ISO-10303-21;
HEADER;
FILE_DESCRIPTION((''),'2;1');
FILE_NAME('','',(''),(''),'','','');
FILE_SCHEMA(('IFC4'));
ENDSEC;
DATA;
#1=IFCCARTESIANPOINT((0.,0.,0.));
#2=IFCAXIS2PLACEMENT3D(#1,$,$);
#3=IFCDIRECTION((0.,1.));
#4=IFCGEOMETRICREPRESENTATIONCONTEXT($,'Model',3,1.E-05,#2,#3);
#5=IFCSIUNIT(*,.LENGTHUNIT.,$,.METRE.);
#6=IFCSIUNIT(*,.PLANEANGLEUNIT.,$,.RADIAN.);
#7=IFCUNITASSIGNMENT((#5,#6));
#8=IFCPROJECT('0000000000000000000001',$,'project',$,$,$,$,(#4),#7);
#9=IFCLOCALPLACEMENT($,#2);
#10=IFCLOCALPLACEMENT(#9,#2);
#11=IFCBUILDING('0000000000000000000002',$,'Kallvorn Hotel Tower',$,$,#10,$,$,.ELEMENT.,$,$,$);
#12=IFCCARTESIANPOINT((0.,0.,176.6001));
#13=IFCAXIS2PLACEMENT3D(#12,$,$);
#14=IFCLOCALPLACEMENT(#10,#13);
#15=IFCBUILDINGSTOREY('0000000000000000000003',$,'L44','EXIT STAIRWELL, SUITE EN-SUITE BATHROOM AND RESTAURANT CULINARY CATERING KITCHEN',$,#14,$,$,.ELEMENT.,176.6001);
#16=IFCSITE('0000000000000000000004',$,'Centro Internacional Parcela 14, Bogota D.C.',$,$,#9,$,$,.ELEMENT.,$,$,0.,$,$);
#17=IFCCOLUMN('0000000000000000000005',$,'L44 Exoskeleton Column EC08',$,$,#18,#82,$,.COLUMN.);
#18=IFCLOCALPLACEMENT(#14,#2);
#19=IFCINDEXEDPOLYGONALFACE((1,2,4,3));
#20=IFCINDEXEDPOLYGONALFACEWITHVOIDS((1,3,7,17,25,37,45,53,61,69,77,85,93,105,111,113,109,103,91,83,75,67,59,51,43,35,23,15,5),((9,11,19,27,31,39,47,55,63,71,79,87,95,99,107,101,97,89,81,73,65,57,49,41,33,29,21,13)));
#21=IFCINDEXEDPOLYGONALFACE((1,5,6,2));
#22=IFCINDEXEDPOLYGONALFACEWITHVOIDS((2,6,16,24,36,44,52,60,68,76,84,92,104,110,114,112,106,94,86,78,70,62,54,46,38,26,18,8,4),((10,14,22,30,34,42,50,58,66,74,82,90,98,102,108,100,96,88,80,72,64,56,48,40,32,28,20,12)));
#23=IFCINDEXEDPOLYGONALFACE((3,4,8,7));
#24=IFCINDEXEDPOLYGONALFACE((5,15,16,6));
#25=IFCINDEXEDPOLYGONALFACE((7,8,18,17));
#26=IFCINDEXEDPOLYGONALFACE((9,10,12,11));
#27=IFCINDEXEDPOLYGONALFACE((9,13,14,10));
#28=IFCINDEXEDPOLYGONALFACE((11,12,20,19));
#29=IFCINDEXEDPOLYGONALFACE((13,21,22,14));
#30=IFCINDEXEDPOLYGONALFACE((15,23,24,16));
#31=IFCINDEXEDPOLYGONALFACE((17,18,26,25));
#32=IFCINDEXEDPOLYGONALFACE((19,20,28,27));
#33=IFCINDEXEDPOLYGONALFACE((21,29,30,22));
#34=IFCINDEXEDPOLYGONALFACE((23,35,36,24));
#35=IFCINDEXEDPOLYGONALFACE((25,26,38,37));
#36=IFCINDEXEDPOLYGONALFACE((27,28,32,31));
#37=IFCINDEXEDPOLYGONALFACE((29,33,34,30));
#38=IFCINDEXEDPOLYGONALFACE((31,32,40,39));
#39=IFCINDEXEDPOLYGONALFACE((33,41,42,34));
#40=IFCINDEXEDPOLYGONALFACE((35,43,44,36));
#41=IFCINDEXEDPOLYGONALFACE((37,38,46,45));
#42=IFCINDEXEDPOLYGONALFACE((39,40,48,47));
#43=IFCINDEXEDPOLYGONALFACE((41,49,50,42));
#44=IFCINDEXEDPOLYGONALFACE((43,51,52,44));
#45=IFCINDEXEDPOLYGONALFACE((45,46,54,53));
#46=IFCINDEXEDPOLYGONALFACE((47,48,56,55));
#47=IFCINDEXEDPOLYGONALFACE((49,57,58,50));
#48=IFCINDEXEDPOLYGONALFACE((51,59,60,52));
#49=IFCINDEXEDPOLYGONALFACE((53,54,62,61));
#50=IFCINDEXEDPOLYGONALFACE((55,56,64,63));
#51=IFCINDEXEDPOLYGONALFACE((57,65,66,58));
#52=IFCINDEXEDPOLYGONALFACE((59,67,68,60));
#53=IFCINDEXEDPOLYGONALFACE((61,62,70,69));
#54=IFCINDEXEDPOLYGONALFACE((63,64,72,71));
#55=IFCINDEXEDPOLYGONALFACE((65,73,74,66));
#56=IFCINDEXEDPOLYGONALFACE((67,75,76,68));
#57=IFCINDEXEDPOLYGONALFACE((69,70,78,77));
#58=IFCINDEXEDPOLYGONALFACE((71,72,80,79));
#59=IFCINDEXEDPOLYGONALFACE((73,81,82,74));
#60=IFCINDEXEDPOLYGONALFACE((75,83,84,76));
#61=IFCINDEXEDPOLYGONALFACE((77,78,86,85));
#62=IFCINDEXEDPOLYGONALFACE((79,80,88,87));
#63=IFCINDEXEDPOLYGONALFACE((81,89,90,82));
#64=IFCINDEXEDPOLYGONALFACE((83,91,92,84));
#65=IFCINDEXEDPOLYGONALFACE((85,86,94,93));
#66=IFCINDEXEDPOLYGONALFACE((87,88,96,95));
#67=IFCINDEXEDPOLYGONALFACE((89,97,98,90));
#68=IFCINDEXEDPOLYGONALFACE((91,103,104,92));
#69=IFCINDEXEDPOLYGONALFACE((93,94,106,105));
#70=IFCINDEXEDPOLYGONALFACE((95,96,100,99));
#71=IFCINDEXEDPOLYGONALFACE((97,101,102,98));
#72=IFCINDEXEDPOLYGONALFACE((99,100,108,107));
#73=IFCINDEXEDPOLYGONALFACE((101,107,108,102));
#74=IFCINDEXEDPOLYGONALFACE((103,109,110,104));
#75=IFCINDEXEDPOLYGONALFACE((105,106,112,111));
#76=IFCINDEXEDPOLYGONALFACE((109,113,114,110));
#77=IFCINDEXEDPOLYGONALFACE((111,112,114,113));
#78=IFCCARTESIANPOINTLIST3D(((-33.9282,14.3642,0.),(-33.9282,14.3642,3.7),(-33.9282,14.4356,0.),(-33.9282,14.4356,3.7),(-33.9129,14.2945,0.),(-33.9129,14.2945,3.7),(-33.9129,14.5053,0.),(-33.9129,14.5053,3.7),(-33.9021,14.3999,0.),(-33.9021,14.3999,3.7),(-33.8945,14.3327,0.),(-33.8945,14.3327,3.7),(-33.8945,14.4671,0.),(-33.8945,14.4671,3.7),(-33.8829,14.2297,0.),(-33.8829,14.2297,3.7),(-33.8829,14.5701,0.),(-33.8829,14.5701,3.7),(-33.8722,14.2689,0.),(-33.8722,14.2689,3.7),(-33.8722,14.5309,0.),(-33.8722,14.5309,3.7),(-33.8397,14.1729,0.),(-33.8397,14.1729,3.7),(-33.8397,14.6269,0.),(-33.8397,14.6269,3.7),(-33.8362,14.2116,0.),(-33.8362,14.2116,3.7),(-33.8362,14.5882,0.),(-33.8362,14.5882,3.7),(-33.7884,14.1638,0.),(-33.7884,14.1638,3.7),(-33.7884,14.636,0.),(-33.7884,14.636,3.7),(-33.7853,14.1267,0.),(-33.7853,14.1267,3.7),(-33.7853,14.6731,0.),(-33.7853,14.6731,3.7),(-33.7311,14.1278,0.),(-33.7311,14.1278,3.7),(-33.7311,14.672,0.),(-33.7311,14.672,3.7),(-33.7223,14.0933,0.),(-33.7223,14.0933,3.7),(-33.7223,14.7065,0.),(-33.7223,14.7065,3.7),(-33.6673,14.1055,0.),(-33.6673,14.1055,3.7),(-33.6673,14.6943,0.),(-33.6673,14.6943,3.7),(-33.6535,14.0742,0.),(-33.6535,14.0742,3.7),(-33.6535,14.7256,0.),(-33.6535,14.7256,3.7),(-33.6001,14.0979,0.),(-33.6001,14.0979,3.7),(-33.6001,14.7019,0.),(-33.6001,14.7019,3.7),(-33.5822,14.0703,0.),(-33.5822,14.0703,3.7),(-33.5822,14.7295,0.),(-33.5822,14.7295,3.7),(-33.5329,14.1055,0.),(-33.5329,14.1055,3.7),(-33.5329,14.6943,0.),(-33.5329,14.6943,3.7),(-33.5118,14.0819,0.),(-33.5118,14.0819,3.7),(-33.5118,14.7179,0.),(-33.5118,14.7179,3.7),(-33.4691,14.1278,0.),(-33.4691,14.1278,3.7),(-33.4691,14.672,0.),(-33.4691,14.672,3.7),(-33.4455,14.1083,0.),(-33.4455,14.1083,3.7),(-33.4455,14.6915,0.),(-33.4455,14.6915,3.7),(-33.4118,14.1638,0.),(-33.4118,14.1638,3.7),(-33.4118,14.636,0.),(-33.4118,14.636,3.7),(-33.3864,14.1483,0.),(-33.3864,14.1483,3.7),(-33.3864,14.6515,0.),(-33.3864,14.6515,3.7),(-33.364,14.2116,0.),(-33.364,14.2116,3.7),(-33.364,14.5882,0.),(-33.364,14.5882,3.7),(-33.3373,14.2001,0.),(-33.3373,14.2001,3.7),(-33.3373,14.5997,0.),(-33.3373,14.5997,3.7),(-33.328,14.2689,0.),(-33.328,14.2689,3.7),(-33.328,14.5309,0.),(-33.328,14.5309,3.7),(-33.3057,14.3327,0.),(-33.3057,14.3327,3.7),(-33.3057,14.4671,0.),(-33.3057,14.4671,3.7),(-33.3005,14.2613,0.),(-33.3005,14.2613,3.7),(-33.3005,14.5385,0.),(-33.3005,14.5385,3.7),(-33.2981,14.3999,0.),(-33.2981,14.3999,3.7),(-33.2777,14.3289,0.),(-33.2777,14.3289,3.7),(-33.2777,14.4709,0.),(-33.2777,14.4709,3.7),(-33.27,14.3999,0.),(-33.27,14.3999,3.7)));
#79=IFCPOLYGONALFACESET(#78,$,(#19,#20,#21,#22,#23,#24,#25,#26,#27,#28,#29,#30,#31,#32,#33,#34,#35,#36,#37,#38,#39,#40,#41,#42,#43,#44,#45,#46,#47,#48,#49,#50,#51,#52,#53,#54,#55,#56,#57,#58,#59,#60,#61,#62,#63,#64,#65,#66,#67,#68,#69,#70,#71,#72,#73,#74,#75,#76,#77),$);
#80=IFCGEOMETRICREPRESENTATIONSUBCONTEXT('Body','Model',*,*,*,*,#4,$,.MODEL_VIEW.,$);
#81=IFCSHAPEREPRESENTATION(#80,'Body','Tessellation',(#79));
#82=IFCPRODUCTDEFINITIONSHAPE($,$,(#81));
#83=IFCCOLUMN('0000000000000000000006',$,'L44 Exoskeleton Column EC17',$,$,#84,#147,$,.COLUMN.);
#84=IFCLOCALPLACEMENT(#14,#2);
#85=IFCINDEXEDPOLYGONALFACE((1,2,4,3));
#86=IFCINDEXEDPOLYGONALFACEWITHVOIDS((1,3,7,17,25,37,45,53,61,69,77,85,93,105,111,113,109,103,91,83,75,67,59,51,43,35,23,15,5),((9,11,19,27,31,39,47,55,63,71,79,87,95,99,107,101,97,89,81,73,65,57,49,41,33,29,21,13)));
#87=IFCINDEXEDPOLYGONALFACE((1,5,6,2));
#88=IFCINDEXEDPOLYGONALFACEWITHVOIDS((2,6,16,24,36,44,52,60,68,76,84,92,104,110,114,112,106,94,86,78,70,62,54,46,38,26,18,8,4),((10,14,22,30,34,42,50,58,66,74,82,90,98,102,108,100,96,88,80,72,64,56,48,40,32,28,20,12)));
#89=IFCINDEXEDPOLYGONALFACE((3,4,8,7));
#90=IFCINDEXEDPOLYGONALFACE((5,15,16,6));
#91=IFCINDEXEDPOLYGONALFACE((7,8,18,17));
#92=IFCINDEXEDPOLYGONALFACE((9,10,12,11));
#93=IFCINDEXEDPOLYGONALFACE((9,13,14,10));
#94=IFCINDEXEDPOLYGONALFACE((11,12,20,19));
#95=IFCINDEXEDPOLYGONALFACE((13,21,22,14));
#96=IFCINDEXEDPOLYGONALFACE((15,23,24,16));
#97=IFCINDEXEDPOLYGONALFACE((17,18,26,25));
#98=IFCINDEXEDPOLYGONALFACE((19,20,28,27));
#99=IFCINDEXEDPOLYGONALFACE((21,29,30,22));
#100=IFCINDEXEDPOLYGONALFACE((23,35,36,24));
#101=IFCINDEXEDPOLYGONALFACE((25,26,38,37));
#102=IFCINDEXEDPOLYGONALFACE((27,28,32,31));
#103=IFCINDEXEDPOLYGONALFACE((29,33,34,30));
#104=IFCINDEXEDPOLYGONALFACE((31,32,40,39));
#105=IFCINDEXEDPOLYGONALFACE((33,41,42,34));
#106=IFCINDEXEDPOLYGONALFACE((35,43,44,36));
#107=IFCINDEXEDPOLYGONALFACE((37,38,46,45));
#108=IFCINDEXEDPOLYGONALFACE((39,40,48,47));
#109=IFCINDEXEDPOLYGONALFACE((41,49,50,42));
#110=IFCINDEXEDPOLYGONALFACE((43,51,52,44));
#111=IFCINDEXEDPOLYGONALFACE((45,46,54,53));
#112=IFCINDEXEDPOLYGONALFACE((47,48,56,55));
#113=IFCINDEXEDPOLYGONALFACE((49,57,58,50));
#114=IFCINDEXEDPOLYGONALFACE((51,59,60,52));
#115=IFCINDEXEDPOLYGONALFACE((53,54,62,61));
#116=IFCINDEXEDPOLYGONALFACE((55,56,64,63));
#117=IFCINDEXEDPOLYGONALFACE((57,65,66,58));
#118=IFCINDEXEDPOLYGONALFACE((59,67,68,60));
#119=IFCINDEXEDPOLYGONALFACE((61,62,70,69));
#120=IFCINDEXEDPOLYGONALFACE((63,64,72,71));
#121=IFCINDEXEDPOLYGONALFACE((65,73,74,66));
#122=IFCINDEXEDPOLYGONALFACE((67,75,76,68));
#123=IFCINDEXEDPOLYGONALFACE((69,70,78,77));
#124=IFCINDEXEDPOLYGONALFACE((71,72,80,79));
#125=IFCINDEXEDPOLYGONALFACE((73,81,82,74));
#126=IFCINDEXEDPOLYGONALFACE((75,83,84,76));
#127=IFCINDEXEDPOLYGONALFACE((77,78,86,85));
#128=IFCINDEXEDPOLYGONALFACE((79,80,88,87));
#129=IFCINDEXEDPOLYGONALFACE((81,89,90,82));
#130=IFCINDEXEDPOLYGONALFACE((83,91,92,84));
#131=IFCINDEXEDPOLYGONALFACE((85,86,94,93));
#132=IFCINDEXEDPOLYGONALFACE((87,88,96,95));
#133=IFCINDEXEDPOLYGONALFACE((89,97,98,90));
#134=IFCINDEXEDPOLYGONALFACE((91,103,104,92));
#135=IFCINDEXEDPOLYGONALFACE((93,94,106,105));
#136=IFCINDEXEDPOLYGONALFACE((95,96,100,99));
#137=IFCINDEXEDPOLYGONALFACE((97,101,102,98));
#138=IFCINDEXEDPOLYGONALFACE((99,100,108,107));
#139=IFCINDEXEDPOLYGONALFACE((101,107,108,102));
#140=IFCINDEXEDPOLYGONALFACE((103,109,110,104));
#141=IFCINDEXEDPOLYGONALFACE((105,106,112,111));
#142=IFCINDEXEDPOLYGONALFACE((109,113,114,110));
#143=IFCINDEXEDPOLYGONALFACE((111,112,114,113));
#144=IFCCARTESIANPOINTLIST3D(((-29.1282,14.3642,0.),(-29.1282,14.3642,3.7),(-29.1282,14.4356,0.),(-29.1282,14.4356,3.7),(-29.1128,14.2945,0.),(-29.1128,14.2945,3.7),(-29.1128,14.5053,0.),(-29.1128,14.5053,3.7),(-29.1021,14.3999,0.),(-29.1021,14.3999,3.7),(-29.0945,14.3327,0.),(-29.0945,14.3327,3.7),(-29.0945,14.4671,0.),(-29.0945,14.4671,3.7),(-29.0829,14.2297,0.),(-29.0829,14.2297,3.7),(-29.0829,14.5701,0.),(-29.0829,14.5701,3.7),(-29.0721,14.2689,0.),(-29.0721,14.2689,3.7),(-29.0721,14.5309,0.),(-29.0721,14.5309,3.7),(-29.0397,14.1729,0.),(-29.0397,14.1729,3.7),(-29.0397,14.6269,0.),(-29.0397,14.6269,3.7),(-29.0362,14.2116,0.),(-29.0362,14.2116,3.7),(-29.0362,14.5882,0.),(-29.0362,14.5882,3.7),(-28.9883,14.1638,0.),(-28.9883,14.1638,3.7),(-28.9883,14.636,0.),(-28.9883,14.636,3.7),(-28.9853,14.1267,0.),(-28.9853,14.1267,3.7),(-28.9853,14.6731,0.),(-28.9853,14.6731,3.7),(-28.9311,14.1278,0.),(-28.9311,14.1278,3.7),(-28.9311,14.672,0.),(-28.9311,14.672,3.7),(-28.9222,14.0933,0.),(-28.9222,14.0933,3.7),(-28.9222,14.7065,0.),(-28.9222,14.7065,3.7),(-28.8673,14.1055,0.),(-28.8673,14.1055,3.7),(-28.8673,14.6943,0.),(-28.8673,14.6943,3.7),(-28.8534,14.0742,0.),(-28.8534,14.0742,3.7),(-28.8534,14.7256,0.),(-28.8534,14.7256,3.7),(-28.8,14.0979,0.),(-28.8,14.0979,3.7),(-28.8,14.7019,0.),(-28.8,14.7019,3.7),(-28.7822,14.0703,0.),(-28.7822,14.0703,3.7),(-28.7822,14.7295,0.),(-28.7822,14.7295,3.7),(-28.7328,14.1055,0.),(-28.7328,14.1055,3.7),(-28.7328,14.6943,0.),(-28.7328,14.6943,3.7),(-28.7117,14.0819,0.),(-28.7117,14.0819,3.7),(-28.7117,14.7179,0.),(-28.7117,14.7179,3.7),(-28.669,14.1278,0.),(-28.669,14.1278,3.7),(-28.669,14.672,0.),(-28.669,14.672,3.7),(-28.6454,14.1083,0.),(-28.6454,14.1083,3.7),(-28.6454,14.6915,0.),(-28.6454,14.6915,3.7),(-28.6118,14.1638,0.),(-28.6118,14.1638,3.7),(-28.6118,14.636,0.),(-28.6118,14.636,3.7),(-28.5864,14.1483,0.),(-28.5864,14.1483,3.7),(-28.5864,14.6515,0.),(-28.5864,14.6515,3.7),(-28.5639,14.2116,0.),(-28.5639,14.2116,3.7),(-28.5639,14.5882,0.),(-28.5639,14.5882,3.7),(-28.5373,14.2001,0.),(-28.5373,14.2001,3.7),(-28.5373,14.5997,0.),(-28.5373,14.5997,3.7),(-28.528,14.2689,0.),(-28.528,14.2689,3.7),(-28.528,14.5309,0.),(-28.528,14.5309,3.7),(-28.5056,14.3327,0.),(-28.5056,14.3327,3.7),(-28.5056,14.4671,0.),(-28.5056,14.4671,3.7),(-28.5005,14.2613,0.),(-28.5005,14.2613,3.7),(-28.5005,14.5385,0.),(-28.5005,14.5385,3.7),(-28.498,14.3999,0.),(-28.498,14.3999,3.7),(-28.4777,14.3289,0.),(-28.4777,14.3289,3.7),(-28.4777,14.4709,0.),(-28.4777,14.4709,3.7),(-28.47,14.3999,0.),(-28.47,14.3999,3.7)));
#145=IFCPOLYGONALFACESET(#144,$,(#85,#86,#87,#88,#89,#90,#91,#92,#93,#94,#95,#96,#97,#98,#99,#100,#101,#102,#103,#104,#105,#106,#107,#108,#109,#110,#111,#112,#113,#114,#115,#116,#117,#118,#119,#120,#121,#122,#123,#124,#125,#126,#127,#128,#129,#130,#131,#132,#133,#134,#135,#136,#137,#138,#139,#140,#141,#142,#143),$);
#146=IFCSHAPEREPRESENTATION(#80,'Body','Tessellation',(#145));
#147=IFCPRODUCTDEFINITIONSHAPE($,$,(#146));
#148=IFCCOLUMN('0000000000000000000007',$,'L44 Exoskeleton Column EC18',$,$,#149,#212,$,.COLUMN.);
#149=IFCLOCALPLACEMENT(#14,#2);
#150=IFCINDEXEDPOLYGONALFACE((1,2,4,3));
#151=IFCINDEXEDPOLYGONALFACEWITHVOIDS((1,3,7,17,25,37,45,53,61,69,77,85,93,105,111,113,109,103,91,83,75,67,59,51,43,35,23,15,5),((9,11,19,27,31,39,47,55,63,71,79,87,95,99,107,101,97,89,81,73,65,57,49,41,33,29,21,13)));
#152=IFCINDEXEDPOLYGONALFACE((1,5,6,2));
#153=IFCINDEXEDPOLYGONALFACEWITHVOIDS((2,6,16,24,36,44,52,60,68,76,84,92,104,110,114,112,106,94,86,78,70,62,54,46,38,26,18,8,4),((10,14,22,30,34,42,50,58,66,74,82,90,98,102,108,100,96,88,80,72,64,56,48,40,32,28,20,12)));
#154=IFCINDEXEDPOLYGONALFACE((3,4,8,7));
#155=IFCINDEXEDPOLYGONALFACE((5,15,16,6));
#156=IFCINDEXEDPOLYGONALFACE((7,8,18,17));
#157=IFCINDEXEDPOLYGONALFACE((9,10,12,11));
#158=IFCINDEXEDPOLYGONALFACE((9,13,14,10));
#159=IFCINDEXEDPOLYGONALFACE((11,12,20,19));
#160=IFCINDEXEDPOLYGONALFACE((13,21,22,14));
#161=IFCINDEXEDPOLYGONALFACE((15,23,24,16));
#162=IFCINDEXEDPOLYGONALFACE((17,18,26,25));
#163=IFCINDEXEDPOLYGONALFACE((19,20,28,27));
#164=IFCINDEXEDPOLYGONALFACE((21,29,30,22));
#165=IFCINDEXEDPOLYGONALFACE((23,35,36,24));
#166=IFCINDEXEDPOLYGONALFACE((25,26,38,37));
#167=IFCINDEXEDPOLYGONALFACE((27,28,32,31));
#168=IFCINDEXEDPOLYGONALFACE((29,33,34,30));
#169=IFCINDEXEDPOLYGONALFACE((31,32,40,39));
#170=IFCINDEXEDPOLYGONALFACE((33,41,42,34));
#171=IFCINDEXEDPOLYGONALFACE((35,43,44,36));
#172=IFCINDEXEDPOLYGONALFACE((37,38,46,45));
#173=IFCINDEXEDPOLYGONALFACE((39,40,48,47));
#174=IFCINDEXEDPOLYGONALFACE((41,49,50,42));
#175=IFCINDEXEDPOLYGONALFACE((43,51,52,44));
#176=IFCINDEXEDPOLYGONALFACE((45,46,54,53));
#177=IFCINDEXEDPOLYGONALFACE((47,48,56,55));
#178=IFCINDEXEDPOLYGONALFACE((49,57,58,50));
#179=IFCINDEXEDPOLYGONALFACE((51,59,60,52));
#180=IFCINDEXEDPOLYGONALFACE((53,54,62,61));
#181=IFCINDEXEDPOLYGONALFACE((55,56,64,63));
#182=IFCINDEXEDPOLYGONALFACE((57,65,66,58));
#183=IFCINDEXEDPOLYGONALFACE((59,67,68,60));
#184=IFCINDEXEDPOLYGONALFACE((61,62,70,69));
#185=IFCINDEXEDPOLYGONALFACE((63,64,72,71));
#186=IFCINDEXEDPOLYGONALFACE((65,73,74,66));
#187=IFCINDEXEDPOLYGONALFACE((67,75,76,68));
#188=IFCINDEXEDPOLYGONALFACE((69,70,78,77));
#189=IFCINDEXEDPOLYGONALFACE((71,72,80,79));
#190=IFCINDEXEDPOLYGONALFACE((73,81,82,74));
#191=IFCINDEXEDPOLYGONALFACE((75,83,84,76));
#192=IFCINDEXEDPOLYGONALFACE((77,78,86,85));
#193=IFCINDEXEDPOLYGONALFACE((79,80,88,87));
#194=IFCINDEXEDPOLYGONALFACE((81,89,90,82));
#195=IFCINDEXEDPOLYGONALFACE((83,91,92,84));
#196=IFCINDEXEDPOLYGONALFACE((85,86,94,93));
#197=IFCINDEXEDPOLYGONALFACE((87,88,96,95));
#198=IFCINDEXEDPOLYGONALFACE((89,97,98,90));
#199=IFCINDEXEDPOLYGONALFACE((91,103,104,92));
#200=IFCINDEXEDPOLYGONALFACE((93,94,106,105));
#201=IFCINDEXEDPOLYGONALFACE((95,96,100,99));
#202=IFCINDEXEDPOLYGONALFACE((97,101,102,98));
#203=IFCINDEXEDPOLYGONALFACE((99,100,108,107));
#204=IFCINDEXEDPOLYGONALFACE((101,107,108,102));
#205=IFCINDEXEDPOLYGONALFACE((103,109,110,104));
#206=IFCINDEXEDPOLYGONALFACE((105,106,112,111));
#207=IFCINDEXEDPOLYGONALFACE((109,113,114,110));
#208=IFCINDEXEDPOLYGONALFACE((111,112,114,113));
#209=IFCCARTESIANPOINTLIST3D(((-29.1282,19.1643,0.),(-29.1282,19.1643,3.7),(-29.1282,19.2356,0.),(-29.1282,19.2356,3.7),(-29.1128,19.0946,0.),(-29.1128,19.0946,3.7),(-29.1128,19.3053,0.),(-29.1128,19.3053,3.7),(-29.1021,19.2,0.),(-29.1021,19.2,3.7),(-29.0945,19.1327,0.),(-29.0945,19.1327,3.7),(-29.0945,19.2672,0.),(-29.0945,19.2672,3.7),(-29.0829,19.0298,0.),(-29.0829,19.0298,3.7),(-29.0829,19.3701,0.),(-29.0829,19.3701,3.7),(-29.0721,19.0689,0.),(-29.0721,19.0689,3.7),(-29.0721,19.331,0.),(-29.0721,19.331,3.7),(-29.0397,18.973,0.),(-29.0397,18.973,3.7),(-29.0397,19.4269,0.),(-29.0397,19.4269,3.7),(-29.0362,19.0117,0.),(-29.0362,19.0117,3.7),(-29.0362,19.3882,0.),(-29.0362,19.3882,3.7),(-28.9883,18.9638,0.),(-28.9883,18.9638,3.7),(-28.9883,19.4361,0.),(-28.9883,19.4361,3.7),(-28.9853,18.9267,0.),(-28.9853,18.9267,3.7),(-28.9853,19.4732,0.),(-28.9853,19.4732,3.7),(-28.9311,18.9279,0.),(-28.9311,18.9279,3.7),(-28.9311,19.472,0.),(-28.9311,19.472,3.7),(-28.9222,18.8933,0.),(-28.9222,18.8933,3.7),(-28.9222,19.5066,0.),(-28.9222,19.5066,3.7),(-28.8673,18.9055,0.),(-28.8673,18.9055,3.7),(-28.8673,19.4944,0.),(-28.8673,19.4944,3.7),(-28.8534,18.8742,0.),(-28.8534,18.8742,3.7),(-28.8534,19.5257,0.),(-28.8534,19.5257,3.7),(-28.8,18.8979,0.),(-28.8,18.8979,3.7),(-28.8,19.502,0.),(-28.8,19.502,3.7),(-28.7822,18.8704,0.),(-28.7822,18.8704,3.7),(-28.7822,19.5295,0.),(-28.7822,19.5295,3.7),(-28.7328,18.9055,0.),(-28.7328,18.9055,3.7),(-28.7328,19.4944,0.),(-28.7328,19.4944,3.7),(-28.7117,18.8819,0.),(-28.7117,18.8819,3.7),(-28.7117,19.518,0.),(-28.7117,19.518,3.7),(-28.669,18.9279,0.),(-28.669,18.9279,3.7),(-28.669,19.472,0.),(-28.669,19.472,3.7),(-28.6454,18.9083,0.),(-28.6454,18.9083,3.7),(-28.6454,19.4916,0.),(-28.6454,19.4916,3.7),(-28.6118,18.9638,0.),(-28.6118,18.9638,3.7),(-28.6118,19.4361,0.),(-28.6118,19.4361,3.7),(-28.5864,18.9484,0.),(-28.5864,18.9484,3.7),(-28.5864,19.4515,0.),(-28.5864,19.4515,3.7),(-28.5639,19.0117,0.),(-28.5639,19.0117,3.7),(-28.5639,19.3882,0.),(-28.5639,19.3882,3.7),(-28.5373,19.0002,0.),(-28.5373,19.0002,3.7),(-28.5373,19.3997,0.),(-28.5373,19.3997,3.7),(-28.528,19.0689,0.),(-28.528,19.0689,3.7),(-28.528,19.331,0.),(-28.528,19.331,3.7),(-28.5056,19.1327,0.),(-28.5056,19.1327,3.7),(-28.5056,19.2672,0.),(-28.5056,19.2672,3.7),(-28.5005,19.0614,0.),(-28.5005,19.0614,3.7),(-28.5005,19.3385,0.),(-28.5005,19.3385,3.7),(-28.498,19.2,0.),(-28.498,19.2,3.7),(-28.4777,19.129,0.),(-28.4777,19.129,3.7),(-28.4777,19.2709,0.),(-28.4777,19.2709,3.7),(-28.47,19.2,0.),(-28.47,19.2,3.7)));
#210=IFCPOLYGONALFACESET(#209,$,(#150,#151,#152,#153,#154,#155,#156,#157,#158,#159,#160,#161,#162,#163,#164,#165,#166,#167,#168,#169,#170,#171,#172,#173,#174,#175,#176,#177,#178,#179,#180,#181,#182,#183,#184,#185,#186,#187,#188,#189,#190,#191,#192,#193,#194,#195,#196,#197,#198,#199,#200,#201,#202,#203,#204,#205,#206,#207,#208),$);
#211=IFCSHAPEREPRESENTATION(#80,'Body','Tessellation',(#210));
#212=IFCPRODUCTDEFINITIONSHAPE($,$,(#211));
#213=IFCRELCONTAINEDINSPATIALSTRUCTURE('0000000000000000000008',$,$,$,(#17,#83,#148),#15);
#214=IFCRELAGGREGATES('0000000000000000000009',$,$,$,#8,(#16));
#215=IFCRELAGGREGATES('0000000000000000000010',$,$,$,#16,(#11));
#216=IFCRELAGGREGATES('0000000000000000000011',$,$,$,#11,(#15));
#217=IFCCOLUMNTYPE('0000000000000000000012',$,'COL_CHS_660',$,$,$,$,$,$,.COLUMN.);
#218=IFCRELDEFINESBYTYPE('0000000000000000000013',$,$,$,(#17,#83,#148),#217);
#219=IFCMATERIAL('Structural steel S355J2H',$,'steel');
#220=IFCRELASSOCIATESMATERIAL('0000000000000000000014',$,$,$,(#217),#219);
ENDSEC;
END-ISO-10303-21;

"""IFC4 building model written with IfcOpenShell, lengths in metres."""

from ifc_helpers import new_model, si_unit, direction, frame, origin, origin_2d, place, context, subcontext, project, spatial, hollow_circle, extrude, material, material_profile, profile_set, type_object, element, save


model = new_model("IFC4")

# Units and contexts
model_context = context("Model", 3, precision=1e-05, world=origin(), true_north=direction((0.0, 1.0)))
body_context = subcontext(model_context, "Body", "Model", "MODEL_VIEW")
ifc_project = project(units=[si_unit("LENGTHUNIT", "METRE"), si_unit("PLANEANGLEUNIT", "RADIAN")], contexts=[model_context])

# Site, building, storey
site_placement = place(None, origin())
site = spatial("IfcSite", under=ifc_project, at=site_placement, Name="Centro Internacional Parcela 14, Bogota D.C.", CompositionType="ELEMENT", RefElevation=0.0)
building_placement = place(site_placement, origin())
building = spatial("IfcBuilding", under=site, at=building_placement, Name="Kallvorn Hotel Tower", CompositionType="ELEMENT")
storey_placement = place(building_placement, frame((0.0, 0.0, 176.6001)))
storey = spatial("IfcBuildingStorey", under=building, at=storey_placement, Name="L44", Description="EXIT STAIRWELL, SUITE EN-SUITE BATHROOM AND RESTAURANT CULINARY CATERING KITCHEN", CompositionType="ELEMENT", Elevation=176.6001)

# Columns
ifc_material_1 = material(Name="Structural steel S355J2H", Category="steel")
ifc_material_profile_1 = material_profile(ifc_material_1, hollow_circle(Radius=0.3301, WallThickness=0.0281, at=origin_2d()), Name="CHS 660x28")
ifc_profile_set_1 = profile_set([ifc_material_profile_1], Name="Structural steel S355J2H")
column_type_1 = type_object("IfcColumnType", Name="COL_CHS_660", PredefinedType="COLUMN", material=ifc_profile_set_1)
for number, where, z_axis, x_axis, name in (
    (1, (-33.6001, 14.3999, 0.0), (0.0, 0.0, 1.0), (1.0, 0.0, 0.0), "L44 Exoskeleton Column EC08"),
    (2, (-28.8, 14.3999, 0.0), (0.0, 0.0, 1.0), (1.0, 0.0, 0.0), "L44 Exoskeleton Column EC17"),
    (3, (-28.8, 19.2, 0.0), (0.0, 0.0, 1.0), (1.0, 0.0, 0.0), "L44 Exoskeleton Column EC18"),
):
    element("IfcColumn", number, at=place(storey_placement, frame(where, z_axis=z_axis, x_axis=x_axis)), inside=storey, type_object=column_type_1, Name=name, PredefinedType="COLUMN", context=body_context, shape_type="SweptSolid", body=[
        extrude(hollow_circle(Radius=0.3301, WallThickness=0.0281, at=origin_2d()), origin(), (0.0, 0.0, 1.0), 3.7),
    ])

save(model, "model.ifc")
